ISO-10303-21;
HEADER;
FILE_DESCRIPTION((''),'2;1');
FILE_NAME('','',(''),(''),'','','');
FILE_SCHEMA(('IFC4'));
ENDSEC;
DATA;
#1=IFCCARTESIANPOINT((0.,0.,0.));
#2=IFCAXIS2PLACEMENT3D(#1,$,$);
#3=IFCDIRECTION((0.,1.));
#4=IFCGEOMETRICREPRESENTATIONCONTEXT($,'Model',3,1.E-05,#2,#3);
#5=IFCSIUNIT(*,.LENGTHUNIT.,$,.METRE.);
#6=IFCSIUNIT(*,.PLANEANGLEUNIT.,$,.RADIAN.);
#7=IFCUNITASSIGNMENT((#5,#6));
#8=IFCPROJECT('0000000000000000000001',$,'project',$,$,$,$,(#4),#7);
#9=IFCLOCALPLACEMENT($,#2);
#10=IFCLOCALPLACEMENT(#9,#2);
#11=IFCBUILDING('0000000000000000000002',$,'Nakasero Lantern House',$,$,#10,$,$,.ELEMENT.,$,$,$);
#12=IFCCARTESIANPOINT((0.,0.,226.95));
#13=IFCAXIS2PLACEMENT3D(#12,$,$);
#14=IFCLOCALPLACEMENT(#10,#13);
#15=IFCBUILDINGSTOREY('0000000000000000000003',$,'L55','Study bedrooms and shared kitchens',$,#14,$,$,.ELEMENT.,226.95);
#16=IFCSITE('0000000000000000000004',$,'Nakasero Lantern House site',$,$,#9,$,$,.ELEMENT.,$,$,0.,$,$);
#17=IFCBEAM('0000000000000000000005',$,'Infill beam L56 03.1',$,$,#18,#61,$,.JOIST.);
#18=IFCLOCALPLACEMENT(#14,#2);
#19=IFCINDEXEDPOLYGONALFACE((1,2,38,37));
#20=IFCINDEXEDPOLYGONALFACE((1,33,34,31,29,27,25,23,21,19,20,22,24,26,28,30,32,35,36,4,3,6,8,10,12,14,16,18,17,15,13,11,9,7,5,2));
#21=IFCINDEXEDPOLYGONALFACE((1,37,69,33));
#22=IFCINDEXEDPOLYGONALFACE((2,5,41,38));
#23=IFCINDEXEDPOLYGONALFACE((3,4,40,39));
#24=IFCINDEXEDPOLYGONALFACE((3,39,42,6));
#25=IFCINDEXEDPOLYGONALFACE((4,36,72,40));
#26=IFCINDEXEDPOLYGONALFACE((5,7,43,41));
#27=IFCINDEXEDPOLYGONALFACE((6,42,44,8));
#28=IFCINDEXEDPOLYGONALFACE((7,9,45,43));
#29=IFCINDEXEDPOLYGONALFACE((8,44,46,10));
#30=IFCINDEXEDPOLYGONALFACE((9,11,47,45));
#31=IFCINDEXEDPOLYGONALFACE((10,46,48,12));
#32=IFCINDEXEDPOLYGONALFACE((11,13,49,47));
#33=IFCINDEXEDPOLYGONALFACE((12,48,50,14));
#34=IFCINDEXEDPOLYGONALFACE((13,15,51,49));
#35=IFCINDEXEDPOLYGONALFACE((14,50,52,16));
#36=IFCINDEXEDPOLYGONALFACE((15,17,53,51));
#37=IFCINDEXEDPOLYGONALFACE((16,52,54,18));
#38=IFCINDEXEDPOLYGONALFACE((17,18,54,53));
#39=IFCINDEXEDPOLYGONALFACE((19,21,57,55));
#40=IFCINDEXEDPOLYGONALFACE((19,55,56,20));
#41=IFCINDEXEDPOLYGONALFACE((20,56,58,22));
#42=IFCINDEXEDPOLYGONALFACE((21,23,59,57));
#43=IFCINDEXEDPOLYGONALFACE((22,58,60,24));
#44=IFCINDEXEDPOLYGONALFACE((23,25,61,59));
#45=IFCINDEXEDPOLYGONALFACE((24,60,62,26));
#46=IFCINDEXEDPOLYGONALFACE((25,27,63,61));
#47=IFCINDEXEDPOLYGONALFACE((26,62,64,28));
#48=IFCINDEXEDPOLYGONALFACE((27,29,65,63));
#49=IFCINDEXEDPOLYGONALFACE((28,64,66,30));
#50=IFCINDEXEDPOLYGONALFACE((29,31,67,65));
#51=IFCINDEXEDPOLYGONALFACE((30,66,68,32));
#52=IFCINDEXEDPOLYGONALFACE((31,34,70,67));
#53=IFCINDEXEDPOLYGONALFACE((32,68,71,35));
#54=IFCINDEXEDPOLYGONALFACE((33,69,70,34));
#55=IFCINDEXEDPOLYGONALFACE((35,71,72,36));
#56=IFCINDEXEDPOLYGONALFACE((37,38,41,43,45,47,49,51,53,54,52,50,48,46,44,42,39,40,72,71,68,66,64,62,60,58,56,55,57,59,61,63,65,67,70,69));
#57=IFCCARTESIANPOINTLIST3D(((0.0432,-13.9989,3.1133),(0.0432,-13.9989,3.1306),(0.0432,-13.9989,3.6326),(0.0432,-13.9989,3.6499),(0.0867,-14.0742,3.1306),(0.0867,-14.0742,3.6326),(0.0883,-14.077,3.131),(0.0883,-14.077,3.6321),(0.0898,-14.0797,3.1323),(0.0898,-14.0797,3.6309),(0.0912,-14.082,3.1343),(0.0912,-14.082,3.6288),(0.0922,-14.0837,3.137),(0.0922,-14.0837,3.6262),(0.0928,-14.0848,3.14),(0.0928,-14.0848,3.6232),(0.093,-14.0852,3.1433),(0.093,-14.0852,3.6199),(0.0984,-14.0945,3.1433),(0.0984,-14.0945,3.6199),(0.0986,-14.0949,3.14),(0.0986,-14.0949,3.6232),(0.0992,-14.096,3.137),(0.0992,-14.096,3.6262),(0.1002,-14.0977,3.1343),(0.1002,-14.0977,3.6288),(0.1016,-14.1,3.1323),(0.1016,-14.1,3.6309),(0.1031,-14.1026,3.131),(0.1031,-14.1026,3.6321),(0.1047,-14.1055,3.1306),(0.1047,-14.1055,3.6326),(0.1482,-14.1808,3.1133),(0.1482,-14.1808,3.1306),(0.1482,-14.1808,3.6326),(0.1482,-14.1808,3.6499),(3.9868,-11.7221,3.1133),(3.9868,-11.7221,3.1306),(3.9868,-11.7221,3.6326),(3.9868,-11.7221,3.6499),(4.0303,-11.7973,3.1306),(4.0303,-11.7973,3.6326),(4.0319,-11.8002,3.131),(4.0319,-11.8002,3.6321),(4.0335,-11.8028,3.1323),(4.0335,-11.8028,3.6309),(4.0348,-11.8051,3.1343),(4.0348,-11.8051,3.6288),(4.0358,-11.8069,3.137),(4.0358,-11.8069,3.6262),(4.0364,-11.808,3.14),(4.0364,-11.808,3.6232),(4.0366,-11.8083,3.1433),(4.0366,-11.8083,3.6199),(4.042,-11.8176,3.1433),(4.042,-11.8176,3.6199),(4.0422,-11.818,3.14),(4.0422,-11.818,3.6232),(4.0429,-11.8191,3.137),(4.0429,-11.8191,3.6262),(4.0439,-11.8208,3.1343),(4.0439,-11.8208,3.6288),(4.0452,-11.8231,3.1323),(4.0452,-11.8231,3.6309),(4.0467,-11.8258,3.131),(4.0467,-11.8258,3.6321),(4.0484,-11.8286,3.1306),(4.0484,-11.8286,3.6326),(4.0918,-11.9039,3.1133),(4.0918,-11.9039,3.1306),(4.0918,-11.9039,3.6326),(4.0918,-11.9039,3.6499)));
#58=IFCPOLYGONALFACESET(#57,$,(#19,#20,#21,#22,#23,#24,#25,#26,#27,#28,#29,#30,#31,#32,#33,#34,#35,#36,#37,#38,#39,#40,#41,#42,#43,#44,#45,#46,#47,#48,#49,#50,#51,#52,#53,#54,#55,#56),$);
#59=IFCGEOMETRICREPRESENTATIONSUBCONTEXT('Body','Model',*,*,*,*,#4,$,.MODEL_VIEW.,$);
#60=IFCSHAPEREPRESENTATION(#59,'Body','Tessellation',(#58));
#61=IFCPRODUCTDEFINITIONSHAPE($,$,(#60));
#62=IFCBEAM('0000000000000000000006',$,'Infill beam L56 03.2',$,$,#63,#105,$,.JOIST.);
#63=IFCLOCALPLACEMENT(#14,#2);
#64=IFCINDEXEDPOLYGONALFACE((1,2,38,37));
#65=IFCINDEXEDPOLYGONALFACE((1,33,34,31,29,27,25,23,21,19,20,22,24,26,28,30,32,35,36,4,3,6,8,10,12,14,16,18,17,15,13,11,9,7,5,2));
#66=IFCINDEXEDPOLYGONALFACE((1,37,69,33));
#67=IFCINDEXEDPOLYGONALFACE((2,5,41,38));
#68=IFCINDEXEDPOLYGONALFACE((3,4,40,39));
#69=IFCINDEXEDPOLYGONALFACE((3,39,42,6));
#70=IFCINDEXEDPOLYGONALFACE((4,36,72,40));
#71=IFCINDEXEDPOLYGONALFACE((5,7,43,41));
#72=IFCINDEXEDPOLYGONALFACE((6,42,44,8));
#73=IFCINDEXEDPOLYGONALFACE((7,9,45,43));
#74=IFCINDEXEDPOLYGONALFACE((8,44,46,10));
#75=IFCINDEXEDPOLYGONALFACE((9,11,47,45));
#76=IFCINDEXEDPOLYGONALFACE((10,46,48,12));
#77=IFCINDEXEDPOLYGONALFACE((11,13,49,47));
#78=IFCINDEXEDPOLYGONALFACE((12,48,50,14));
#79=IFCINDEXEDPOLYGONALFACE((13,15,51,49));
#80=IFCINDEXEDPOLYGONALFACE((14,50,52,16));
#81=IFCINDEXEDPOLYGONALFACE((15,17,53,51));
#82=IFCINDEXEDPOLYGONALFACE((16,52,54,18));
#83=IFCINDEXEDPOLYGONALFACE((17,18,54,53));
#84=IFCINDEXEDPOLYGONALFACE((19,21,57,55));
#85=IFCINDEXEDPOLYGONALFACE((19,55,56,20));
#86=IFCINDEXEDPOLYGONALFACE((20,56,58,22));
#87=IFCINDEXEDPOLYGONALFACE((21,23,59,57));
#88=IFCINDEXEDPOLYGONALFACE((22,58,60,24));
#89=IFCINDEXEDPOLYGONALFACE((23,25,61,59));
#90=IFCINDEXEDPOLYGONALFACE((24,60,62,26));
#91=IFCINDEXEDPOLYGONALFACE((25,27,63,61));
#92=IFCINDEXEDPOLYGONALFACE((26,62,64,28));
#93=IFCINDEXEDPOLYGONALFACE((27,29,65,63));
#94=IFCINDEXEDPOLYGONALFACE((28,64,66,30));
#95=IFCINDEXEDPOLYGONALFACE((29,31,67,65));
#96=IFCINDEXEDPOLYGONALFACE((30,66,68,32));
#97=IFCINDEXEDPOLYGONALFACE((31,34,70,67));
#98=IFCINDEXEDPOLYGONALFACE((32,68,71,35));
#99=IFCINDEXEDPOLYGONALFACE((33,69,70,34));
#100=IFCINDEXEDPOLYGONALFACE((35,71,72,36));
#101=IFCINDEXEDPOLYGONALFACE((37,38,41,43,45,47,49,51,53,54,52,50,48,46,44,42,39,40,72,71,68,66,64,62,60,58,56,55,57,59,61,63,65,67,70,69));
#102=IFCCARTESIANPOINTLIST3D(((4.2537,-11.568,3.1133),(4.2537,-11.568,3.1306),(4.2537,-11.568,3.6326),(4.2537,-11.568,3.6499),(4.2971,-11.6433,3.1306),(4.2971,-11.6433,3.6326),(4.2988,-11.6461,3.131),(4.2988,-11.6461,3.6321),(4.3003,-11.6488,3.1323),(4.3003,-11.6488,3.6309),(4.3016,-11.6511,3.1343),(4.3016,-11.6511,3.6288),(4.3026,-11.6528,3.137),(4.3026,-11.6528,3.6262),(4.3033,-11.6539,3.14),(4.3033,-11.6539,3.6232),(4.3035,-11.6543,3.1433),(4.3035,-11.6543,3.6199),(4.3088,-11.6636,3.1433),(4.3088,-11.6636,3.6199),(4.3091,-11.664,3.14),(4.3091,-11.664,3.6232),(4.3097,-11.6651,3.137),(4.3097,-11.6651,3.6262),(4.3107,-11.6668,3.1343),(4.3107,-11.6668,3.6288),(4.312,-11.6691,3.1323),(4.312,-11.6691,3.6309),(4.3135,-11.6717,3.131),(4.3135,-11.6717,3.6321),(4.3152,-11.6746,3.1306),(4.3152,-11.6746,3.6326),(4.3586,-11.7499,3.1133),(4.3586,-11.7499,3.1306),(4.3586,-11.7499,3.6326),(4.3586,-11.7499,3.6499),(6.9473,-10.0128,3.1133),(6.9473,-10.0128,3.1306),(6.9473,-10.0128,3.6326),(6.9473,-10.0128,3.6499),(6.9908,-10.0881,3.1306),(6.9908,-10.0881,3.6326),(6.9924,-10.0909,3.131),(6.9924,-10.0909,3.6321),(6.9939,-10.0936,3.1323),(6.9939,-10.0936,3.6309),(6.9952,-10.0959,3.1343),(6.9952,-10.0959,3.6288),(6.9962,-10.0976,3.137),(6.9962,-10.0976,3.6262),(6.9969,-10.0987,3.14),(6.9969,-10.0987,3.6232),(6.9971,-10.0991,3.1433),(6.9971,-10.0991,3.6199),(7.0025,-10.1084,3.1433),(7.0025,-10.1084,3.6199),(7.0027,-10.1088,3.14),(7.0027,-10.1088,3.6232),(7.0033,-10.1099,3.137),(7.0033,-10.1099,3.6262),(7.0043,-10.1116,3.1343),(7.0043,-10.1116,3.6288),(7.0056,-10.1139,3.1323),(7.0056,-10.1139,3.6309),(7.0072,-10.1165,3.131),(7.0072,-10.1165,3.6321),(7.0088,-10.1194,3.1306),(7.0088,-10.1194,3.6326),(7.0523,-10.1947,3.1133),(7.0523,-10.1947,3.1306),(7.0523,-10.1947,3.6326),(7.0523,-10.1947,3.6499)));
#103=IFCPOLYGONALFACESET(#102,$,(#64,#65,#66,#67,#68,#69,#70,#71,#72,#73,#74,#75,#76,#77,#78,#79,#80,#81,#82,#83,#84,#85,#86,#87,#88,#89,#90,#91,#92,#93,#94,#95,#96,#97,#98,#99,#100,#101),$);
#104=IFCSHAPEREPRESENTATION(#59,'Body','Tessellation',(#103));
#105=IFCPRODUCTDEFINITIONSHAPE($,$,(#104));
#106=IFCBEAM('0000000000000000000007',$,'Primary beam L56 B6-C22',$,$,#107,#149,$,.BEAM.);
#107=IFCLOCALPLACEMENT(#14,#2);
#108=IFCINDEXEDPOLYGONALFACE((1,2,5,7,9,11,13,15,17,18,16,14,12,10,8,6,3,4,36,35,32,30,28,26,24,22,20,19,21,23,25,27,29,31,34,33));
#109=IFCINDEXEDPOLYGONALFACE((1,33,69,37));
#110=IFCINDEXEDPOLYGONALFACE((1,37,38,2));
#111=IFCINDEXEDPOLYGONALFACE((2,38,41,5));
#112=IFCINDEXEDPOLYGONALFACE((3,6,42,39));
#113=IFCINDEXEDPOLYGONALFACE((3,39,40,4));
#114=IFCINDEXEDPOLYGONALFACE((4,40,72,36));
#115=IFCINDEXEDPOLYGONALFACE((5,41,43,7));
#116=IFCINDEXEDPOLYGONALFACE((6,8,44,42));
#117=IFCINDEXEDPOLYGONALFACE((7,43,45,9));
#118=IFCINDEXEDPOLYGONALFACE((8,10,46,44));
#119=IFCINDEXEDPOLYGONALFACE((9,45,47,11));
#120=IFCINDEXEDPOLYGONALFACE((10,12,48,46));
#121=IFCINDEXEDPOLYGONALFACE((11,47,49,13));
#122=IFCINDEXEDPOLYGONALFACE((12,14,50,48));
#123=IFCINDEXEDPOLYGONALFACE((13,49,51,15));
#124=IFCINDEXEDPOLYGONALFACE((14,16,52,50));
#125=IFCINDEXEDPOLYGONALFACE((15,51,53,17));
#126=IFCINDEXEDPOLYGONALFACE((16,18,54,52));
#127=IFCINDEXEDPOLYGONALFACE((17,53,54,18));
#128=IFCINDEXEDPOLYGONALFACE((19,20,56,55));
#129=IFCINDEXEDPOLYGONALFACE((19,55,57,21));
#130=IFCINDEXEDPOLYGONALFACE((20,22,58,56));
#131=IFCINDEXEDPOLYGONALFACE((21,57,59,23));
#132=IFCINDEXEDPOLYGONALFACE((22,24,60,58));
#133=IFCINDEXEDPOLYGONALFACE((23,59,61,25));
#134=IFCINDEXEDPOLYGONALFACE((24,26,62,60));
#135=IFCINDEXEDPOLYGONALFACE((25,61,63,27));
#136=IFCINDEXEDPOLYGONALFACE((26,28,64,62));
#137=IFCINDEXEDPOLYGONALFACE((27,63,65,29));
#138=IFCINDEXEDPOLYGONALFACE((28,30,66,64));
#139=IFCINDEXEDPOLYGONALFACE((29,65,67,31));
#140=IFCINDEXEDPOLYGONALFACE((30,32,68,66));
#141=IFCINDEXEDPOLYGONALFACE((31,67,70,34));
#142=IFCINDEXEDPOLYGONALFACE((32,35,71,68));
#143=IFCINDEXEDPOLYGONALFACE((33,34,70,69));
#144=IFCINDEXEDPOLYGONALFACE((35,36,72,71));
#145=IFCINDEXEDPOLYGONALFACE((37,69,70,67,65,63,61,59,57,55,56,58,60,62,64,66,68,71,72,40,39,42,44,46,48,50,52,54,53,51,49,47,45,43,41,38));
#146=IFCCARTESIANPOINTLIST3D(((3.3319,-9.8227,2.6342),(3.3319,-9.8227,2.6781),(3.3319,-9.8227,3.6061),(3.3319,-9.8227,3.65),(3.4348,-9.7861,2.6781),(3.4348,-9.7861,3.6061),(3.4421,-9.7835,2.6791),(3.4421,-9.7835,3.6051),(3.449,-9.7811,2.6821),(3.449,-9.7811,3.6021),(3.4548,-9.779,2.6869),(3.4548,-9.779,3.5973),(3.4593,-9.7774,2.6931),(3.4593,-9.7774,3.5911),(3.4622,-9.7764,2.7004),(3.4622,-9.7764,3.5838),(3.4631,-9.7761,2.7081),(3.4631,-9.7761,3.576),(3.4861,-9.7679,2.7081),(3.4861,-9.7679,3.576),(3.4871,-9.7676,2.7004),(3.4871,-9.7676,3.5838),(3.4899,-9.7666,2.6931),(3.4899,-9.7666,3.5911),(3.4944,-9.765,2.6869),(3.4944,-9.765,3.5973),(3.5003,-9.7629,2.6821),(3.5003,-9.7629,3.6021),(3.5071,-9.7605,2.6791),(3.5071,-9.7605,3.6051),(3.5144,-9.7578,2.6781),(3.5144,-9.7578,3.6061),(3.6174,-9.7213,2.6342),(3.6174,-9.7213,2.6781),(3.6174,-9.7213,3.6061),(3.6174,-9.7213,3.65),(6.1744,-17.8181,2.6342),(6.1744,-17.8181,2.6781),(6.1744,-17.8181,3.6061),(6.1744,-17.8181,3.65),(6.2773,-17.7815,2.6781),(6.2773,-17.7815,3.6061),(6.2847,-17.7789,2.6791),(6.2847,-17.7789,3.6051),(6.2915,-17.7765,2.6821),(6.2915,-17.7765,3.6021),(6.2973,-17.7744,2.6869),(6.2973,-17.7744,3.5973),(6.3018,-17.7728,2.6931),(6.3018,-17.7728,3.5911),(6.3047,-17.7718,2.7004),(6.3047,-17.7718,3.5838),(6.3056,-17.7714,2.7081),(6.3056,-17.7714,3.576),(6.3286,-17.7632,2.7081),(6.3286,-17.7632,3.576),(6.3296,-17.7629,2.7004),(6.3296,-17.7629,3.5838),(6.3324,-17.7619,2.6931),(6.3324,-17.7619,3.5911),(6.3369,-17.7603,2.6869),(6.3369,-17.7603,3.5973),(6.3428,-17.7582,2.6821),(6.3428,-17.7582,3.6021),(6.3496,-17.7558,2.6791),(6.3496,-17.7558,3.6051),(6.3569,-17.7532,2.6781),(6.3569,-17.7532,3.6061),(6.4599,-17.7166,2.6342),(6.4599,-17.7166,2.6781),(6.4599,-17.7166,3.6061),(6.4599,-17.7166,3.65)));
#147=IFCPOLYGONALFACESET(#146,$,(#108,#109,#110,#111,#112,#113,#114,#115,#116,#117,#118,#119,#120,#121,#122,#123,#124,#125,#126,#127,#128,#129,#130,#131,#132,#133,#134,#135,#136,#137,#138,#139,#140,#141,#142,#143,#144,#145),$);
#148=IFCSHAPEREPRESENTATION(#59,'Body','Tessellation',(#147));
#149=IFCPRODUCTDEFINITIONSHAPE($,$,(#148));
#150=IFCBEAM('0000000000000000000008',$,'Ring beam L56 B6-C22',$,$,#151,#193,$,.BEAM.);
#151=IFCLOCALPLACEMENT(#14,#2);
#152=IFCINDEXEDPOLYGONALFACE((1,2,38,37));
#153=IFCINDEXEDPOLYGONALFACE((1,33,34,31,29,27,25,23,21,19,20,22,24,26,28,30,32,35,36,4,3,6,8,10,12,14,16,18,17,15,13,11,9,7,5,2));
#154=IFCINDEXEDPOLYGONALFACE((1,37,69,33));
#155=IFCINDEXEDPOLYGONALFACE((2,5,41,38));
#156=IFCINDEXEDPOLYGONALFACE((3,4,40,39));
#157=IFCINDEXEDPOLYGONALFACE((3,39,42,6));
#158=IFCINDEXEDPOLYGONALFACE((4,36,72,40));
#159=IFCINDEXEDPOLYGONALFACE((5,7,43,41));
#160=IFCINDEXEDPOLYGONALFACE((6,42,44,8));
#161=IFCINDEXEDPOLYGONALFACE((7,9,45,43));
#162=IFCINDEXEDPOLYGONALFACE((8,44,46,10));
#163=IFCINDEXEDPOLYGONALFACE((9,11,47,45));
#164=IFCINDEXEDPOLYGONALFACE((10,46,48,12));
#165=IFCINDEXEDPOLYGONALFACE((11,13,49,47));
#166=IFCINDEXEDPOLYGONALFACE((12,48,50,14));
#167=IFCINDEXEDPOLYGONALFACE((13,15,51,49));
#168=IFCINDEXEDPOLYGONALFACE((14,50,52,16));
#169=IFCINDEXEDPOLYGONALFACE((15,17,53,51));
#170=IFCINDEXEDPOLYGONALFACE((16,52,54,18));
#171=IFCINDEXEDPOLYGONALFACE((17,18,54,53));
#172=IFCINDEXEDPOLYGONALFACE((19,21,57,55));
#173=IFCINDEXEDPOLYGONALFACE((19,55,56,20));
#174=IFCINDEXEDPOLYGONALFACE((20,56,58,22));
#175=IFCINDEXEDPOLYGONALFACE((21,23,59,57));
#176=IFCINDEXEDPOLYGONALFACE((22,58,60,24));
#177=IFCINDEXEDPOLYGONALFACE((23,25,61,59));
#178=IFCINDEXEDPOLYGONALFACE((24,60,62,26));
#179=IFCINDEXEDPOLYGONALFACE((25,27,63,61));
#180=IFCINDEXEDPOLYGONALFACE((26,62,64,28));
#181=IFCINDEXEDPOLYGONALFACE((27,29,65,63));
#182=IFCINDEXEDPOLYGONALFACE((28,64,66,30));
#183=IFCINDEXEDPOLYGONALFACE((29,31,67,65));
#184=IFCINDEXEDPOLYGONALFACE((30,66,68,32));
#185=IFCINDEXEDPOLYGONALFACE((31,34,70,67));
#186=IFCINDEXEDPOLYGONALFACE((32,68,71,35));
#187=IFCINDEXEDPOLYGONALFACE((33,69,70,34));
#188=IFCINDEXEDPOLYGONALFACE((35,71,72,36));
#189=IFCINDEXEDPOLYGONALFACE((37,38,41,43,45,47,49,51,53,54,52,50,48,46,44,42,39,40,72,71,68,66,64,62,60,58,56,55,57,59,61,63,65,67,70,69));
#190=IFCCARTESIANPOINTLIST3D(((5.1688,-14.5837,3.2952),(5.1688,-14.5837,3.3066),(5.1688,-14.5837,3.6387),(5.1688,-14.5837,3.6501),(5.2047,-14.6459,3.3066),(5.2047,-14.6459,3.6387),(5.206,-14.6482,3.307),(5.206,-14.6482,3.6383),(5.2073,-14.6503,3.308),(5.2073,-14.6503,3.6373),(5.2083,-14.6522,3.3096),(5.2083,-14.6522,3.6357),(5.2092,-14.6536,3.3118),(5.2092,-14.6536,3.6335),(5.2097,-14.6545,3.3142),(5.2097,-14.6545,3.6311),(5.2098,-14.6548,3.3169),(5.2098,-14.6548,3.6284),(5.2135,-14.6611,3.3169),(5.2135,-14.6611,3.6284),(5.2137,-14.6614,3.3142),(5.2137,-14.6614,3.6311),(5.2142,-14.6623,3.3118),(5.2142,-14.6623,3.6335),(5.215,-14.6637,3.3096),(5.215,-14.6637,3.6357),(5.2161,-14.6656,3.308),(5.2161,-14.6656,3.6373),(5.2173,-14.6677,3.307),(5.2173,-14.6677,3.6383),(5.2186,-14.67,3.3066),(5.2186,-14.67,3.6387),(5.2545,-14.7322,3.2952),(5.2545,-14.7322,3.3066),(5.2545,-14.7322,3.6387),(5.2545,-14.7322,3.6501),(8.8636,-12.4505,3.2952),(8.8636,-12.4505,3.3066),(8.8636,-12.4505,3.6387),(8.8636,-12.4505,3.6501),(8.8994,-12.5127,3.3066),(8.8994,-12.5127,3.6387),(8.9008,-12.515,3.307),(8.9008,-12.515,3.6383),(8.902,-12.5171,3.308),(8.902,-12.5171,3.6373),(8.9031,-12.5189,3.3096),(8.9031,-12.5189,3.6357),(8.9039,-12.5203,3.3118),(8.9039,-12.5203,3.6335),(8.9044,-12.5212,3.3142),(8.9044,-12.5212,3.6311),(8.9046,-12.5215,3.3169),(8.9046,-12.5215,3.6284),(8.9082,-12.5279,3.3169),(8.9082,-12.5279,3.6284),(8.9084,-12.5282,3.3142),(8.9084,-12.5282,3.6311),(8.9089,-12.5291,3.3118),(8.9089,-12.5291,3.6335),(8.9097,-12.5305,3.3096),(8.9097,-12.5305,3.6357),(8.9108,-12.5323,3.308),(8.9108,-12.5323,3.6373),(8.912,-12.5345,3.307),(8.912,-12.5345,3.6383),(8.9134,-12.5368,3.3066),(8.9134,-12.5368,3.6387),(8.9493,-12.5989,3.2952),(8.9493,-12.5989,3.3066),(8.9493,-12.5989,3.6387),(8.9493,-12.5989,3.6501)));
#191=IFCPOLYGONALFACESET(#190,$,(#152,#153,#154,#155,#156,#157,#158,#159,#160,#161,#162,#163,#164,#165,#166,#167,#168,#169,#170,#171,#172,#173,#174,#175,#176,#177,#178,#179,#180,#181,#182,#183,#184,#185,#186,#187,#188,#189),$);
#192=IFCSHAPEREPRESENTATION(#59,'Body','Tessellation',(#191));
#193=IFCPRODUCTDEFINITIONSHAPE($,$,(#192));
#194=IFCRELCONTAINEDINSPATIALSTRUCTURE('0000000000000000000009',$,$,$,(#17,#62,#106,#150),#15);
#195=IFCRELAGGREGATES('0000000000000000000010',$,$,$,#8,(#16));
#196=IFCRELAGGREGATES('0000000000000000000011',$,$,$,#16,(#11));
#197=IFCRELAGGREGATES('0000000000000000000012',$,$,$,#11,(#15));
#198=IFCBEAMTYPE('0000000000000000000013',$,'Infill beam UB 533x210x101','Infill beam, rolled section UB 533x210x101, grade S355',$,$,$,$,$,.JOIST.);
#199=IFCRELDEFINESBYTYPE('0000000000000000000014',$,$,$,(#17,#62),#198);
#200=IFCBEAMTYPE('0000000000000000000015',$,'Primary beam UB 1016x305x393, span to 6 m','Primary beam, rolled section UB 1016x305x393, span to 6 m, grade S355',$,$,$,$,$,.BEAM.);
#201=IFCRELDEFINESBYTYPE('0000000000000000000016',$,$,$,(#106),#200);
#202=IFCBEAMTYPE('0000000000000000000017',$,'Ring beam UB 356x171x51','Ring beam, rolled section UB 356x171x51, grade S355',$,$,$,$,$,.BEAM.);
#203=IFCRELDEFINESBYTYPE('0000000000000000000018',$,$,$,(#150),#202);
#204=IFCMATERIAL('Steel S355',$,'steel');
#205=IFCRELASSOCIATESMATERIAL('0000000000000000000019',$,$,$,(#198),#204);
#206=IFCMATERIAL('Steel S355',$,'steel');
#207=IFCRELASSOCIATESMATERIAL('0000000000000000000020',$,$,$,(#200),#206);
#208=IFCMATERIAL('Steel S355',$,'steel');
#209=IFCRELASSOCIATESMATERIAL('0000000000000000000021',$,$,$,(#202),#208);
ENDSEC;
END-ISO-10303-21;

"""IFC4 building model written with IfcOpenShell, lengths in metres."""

from ifc_helpers import new_model, si_unit, direction, frame, origin, origin_2d, place, context, subcontext, project, spatial, i_section, extrude, material, material_profile, profile_set, type_object, element, save


model = new_model("IFC4")

# Units and contexts
model_context = context("Model", 3, precision=1e-05, world=origin(), true_north=direction((0.0, 1.0)))
body_context = subcontext(model_context, "Body", "Model", "MODEL_VIEW")
ifc_project = project(units=[si_unit("LENGTHUNIT", "METRE"), si_unit("PLANEANGLEUNIT", "RADIAN")], contexts=[model_context])

# Site, building, storey
site_placement = place(None, origin())
site = spatial("IfcSite", under=ifc_project, at=site_placement, Name="Nakasero Lantern House site", CompositionType="ELEMENT", RefElevation=0.0)
building_placement = place(site_placement, origin())
building = spatial("IfcBuilding", under=site, at=building_placement, Name="Nakasero Lantern House", CompositionType="ELEMENT")
storey_placement = place(building_placement, frame((0.0, 0.0, 226.95)))
storey = spatial("IfcBuildingStorey", under=building, at=storey_placement, Name="L55", Description="Study bedrooms and shared kitchens", CompositionType="ELEMENT", Elevation=226.95)

# Beams
ifc_material_1 = material(Name="Steel S355", Category="steel")
ifc_material_profile_1 = material_profile(ifc_material_1, i_section(OverallWidth=0.21, OverallDepth=0.5366, WebThickness=0.0107, FlangeThickness=0.0173, FilletRadius=0.0127, at=origin_2d()), Name="UB 533x210x101")
ifc_profile_set_1 = profile_set([ifc_material_profile_1], Name="Steel S355")
beam_type_1 = type_object("IfcBeamType", Name="Infill beam UB 533x210x101", Description="Infill beam, rolled section UB 533x210x101, grade S355", PredefinedType="JOIST", material=ifc_profile_set_1)
beam_1_placement = place(storey_placement, frame((0.0957, -14.0898, 3.3816), z_axis=(0.866024, 0.500002, 0.0), x_axis=(-0.500002, 0.866024, 0.0)))
element("IfcBeam", 1, at=beam_1_placement, inside=storey, type_object=beam_type_1, Name="Infill beam L56 03.1", PredefinedType="JOIST", context=body_context, shape_type="SweptSolid", body=[
    extrude(i_section(OverallWidth=0.21, OverallDepth=0.5366, WebThickness=0.0107, FlangeThickness=0.0173, FilletRadius=0.0127, at=origin_2d()), origin(), (0.0, 0.0, 1.0), 4.5537),
])
beam_2_placement = place(storey_placement, frame((4.3062, -11.6589, 3.3816), z_axis=(0.866022, 0.500006, 0.0), x_axis=(-0.500006, 0.866022, 0.0)))
element("IfcBeam", 2, at=beam_2_placement, inside=storey, type_object=beam_type_1, Name="Infill beam L56 03.2", PredefinedType="JOIST", context=body_context, shape_type="SweptSolid", body=[
    extrude(i_section(OverallWidth=0.21, OverallDepth=0.5366, WebThickness=0.0107, FlangeThickness=0.0173, FilletRadius=0.0127, at=origin_2d()), origin(), (0.0, 0.0, 1.0), 3.1104),
])
ifc_material_2 = material(Name="Steel S355", Category="steel")
ifc_material_profile_2 = material_profile(ifc_material_2, i_section(OverallWidth=0.303, OverallDepth=1.0159, WebThickness=0.0244, FlangeThickness=0.0439, FilletRadius=0.03, at=origin_2d()), Name="UB 1016x305x393")
ifc_profile_set_2 = profile_set([ifc_material_profile_2], Name="Steel S355")
beam_type_2 = type_object("IfcBeamType", Name="Primary beam UB 1016x305x393, span to 6 m", Description="Primary beam, rolled section UB 1016x305x393, span to 6 m, grade S355", PredefinedType="BEAM", material=ifc_profile_set_2)
beam_3_placement = place(storey_placement, frame((6.3171, -17.7673, 3.1421), z_axis=(-0.334982, 0.942225, 0.0), x_axis=(-0.942225, -0.334982, 0.0)))
element("IfcBeam", 3, at=beam_3_placement, inside=storey, type_object=beam_type_2, Name="Primary beam L56 B6-C22", PredefinedType="BEAM", context=body_context, shape_type="SweptSolid", body=[
    extrude(i_section(OverallWidth=0.303, OverallDepth=1.0159, WebThickness=0.0244, FlangeThickness=0.0439, FilletRadius=0.03, at=origin_2d()), origin(), (0.0, 0.0, 1.0), 8.4856),
])
ifc_material_3 = material(Name="Steel S355", Category="steel")
ifc_material_profile_3 = material_profile(ifc_material_3, i_section(OverallWidth=0.1714, OverallDepth=0.355, WebThickness=0.0073, FlangeThickness=0.0115, FilletRadius=0.0103, at=origin_2d()), Name="UB 356x171x51")
ifc_profile_set_3 = profile_set([ifc_material_profile_3], Name="Steel S355")
beam_type_3 = type_object("IfcBeamType", Name="Ring beam UB 356x171x51", Description="Ring beam, rolled section UB 356x171x51, grade S355", PredefinedType="BEAM", material=ifc_profile_set_3)
beam_4_placement = place(storey_placement, frame((5.2117, -14.658, 3.4727), z_axis=(0.866016, 0.500016, 0.0), x_axis=(-0.500016, 0.866016, 0.0)))
element("IfcBeam", 4, at=beam_4_placement, inside=storey, type_object=beam_type_3, Name="Ring beam L56 B6-C22", PredefinedType="BEAM", context=body_context, shape_type="SweptSolid", body=[
    extrude(i_section(OverallWidth=0.1714, OverallDepth=0.355, WebThickness=0.0073, FlangeThickness=0.0115, FilletRadius=0.0103, at=origin_2d()), origin(), (0.0, 0.0, 1.0), 4.2664),
])

save(model, "model.ifc")
